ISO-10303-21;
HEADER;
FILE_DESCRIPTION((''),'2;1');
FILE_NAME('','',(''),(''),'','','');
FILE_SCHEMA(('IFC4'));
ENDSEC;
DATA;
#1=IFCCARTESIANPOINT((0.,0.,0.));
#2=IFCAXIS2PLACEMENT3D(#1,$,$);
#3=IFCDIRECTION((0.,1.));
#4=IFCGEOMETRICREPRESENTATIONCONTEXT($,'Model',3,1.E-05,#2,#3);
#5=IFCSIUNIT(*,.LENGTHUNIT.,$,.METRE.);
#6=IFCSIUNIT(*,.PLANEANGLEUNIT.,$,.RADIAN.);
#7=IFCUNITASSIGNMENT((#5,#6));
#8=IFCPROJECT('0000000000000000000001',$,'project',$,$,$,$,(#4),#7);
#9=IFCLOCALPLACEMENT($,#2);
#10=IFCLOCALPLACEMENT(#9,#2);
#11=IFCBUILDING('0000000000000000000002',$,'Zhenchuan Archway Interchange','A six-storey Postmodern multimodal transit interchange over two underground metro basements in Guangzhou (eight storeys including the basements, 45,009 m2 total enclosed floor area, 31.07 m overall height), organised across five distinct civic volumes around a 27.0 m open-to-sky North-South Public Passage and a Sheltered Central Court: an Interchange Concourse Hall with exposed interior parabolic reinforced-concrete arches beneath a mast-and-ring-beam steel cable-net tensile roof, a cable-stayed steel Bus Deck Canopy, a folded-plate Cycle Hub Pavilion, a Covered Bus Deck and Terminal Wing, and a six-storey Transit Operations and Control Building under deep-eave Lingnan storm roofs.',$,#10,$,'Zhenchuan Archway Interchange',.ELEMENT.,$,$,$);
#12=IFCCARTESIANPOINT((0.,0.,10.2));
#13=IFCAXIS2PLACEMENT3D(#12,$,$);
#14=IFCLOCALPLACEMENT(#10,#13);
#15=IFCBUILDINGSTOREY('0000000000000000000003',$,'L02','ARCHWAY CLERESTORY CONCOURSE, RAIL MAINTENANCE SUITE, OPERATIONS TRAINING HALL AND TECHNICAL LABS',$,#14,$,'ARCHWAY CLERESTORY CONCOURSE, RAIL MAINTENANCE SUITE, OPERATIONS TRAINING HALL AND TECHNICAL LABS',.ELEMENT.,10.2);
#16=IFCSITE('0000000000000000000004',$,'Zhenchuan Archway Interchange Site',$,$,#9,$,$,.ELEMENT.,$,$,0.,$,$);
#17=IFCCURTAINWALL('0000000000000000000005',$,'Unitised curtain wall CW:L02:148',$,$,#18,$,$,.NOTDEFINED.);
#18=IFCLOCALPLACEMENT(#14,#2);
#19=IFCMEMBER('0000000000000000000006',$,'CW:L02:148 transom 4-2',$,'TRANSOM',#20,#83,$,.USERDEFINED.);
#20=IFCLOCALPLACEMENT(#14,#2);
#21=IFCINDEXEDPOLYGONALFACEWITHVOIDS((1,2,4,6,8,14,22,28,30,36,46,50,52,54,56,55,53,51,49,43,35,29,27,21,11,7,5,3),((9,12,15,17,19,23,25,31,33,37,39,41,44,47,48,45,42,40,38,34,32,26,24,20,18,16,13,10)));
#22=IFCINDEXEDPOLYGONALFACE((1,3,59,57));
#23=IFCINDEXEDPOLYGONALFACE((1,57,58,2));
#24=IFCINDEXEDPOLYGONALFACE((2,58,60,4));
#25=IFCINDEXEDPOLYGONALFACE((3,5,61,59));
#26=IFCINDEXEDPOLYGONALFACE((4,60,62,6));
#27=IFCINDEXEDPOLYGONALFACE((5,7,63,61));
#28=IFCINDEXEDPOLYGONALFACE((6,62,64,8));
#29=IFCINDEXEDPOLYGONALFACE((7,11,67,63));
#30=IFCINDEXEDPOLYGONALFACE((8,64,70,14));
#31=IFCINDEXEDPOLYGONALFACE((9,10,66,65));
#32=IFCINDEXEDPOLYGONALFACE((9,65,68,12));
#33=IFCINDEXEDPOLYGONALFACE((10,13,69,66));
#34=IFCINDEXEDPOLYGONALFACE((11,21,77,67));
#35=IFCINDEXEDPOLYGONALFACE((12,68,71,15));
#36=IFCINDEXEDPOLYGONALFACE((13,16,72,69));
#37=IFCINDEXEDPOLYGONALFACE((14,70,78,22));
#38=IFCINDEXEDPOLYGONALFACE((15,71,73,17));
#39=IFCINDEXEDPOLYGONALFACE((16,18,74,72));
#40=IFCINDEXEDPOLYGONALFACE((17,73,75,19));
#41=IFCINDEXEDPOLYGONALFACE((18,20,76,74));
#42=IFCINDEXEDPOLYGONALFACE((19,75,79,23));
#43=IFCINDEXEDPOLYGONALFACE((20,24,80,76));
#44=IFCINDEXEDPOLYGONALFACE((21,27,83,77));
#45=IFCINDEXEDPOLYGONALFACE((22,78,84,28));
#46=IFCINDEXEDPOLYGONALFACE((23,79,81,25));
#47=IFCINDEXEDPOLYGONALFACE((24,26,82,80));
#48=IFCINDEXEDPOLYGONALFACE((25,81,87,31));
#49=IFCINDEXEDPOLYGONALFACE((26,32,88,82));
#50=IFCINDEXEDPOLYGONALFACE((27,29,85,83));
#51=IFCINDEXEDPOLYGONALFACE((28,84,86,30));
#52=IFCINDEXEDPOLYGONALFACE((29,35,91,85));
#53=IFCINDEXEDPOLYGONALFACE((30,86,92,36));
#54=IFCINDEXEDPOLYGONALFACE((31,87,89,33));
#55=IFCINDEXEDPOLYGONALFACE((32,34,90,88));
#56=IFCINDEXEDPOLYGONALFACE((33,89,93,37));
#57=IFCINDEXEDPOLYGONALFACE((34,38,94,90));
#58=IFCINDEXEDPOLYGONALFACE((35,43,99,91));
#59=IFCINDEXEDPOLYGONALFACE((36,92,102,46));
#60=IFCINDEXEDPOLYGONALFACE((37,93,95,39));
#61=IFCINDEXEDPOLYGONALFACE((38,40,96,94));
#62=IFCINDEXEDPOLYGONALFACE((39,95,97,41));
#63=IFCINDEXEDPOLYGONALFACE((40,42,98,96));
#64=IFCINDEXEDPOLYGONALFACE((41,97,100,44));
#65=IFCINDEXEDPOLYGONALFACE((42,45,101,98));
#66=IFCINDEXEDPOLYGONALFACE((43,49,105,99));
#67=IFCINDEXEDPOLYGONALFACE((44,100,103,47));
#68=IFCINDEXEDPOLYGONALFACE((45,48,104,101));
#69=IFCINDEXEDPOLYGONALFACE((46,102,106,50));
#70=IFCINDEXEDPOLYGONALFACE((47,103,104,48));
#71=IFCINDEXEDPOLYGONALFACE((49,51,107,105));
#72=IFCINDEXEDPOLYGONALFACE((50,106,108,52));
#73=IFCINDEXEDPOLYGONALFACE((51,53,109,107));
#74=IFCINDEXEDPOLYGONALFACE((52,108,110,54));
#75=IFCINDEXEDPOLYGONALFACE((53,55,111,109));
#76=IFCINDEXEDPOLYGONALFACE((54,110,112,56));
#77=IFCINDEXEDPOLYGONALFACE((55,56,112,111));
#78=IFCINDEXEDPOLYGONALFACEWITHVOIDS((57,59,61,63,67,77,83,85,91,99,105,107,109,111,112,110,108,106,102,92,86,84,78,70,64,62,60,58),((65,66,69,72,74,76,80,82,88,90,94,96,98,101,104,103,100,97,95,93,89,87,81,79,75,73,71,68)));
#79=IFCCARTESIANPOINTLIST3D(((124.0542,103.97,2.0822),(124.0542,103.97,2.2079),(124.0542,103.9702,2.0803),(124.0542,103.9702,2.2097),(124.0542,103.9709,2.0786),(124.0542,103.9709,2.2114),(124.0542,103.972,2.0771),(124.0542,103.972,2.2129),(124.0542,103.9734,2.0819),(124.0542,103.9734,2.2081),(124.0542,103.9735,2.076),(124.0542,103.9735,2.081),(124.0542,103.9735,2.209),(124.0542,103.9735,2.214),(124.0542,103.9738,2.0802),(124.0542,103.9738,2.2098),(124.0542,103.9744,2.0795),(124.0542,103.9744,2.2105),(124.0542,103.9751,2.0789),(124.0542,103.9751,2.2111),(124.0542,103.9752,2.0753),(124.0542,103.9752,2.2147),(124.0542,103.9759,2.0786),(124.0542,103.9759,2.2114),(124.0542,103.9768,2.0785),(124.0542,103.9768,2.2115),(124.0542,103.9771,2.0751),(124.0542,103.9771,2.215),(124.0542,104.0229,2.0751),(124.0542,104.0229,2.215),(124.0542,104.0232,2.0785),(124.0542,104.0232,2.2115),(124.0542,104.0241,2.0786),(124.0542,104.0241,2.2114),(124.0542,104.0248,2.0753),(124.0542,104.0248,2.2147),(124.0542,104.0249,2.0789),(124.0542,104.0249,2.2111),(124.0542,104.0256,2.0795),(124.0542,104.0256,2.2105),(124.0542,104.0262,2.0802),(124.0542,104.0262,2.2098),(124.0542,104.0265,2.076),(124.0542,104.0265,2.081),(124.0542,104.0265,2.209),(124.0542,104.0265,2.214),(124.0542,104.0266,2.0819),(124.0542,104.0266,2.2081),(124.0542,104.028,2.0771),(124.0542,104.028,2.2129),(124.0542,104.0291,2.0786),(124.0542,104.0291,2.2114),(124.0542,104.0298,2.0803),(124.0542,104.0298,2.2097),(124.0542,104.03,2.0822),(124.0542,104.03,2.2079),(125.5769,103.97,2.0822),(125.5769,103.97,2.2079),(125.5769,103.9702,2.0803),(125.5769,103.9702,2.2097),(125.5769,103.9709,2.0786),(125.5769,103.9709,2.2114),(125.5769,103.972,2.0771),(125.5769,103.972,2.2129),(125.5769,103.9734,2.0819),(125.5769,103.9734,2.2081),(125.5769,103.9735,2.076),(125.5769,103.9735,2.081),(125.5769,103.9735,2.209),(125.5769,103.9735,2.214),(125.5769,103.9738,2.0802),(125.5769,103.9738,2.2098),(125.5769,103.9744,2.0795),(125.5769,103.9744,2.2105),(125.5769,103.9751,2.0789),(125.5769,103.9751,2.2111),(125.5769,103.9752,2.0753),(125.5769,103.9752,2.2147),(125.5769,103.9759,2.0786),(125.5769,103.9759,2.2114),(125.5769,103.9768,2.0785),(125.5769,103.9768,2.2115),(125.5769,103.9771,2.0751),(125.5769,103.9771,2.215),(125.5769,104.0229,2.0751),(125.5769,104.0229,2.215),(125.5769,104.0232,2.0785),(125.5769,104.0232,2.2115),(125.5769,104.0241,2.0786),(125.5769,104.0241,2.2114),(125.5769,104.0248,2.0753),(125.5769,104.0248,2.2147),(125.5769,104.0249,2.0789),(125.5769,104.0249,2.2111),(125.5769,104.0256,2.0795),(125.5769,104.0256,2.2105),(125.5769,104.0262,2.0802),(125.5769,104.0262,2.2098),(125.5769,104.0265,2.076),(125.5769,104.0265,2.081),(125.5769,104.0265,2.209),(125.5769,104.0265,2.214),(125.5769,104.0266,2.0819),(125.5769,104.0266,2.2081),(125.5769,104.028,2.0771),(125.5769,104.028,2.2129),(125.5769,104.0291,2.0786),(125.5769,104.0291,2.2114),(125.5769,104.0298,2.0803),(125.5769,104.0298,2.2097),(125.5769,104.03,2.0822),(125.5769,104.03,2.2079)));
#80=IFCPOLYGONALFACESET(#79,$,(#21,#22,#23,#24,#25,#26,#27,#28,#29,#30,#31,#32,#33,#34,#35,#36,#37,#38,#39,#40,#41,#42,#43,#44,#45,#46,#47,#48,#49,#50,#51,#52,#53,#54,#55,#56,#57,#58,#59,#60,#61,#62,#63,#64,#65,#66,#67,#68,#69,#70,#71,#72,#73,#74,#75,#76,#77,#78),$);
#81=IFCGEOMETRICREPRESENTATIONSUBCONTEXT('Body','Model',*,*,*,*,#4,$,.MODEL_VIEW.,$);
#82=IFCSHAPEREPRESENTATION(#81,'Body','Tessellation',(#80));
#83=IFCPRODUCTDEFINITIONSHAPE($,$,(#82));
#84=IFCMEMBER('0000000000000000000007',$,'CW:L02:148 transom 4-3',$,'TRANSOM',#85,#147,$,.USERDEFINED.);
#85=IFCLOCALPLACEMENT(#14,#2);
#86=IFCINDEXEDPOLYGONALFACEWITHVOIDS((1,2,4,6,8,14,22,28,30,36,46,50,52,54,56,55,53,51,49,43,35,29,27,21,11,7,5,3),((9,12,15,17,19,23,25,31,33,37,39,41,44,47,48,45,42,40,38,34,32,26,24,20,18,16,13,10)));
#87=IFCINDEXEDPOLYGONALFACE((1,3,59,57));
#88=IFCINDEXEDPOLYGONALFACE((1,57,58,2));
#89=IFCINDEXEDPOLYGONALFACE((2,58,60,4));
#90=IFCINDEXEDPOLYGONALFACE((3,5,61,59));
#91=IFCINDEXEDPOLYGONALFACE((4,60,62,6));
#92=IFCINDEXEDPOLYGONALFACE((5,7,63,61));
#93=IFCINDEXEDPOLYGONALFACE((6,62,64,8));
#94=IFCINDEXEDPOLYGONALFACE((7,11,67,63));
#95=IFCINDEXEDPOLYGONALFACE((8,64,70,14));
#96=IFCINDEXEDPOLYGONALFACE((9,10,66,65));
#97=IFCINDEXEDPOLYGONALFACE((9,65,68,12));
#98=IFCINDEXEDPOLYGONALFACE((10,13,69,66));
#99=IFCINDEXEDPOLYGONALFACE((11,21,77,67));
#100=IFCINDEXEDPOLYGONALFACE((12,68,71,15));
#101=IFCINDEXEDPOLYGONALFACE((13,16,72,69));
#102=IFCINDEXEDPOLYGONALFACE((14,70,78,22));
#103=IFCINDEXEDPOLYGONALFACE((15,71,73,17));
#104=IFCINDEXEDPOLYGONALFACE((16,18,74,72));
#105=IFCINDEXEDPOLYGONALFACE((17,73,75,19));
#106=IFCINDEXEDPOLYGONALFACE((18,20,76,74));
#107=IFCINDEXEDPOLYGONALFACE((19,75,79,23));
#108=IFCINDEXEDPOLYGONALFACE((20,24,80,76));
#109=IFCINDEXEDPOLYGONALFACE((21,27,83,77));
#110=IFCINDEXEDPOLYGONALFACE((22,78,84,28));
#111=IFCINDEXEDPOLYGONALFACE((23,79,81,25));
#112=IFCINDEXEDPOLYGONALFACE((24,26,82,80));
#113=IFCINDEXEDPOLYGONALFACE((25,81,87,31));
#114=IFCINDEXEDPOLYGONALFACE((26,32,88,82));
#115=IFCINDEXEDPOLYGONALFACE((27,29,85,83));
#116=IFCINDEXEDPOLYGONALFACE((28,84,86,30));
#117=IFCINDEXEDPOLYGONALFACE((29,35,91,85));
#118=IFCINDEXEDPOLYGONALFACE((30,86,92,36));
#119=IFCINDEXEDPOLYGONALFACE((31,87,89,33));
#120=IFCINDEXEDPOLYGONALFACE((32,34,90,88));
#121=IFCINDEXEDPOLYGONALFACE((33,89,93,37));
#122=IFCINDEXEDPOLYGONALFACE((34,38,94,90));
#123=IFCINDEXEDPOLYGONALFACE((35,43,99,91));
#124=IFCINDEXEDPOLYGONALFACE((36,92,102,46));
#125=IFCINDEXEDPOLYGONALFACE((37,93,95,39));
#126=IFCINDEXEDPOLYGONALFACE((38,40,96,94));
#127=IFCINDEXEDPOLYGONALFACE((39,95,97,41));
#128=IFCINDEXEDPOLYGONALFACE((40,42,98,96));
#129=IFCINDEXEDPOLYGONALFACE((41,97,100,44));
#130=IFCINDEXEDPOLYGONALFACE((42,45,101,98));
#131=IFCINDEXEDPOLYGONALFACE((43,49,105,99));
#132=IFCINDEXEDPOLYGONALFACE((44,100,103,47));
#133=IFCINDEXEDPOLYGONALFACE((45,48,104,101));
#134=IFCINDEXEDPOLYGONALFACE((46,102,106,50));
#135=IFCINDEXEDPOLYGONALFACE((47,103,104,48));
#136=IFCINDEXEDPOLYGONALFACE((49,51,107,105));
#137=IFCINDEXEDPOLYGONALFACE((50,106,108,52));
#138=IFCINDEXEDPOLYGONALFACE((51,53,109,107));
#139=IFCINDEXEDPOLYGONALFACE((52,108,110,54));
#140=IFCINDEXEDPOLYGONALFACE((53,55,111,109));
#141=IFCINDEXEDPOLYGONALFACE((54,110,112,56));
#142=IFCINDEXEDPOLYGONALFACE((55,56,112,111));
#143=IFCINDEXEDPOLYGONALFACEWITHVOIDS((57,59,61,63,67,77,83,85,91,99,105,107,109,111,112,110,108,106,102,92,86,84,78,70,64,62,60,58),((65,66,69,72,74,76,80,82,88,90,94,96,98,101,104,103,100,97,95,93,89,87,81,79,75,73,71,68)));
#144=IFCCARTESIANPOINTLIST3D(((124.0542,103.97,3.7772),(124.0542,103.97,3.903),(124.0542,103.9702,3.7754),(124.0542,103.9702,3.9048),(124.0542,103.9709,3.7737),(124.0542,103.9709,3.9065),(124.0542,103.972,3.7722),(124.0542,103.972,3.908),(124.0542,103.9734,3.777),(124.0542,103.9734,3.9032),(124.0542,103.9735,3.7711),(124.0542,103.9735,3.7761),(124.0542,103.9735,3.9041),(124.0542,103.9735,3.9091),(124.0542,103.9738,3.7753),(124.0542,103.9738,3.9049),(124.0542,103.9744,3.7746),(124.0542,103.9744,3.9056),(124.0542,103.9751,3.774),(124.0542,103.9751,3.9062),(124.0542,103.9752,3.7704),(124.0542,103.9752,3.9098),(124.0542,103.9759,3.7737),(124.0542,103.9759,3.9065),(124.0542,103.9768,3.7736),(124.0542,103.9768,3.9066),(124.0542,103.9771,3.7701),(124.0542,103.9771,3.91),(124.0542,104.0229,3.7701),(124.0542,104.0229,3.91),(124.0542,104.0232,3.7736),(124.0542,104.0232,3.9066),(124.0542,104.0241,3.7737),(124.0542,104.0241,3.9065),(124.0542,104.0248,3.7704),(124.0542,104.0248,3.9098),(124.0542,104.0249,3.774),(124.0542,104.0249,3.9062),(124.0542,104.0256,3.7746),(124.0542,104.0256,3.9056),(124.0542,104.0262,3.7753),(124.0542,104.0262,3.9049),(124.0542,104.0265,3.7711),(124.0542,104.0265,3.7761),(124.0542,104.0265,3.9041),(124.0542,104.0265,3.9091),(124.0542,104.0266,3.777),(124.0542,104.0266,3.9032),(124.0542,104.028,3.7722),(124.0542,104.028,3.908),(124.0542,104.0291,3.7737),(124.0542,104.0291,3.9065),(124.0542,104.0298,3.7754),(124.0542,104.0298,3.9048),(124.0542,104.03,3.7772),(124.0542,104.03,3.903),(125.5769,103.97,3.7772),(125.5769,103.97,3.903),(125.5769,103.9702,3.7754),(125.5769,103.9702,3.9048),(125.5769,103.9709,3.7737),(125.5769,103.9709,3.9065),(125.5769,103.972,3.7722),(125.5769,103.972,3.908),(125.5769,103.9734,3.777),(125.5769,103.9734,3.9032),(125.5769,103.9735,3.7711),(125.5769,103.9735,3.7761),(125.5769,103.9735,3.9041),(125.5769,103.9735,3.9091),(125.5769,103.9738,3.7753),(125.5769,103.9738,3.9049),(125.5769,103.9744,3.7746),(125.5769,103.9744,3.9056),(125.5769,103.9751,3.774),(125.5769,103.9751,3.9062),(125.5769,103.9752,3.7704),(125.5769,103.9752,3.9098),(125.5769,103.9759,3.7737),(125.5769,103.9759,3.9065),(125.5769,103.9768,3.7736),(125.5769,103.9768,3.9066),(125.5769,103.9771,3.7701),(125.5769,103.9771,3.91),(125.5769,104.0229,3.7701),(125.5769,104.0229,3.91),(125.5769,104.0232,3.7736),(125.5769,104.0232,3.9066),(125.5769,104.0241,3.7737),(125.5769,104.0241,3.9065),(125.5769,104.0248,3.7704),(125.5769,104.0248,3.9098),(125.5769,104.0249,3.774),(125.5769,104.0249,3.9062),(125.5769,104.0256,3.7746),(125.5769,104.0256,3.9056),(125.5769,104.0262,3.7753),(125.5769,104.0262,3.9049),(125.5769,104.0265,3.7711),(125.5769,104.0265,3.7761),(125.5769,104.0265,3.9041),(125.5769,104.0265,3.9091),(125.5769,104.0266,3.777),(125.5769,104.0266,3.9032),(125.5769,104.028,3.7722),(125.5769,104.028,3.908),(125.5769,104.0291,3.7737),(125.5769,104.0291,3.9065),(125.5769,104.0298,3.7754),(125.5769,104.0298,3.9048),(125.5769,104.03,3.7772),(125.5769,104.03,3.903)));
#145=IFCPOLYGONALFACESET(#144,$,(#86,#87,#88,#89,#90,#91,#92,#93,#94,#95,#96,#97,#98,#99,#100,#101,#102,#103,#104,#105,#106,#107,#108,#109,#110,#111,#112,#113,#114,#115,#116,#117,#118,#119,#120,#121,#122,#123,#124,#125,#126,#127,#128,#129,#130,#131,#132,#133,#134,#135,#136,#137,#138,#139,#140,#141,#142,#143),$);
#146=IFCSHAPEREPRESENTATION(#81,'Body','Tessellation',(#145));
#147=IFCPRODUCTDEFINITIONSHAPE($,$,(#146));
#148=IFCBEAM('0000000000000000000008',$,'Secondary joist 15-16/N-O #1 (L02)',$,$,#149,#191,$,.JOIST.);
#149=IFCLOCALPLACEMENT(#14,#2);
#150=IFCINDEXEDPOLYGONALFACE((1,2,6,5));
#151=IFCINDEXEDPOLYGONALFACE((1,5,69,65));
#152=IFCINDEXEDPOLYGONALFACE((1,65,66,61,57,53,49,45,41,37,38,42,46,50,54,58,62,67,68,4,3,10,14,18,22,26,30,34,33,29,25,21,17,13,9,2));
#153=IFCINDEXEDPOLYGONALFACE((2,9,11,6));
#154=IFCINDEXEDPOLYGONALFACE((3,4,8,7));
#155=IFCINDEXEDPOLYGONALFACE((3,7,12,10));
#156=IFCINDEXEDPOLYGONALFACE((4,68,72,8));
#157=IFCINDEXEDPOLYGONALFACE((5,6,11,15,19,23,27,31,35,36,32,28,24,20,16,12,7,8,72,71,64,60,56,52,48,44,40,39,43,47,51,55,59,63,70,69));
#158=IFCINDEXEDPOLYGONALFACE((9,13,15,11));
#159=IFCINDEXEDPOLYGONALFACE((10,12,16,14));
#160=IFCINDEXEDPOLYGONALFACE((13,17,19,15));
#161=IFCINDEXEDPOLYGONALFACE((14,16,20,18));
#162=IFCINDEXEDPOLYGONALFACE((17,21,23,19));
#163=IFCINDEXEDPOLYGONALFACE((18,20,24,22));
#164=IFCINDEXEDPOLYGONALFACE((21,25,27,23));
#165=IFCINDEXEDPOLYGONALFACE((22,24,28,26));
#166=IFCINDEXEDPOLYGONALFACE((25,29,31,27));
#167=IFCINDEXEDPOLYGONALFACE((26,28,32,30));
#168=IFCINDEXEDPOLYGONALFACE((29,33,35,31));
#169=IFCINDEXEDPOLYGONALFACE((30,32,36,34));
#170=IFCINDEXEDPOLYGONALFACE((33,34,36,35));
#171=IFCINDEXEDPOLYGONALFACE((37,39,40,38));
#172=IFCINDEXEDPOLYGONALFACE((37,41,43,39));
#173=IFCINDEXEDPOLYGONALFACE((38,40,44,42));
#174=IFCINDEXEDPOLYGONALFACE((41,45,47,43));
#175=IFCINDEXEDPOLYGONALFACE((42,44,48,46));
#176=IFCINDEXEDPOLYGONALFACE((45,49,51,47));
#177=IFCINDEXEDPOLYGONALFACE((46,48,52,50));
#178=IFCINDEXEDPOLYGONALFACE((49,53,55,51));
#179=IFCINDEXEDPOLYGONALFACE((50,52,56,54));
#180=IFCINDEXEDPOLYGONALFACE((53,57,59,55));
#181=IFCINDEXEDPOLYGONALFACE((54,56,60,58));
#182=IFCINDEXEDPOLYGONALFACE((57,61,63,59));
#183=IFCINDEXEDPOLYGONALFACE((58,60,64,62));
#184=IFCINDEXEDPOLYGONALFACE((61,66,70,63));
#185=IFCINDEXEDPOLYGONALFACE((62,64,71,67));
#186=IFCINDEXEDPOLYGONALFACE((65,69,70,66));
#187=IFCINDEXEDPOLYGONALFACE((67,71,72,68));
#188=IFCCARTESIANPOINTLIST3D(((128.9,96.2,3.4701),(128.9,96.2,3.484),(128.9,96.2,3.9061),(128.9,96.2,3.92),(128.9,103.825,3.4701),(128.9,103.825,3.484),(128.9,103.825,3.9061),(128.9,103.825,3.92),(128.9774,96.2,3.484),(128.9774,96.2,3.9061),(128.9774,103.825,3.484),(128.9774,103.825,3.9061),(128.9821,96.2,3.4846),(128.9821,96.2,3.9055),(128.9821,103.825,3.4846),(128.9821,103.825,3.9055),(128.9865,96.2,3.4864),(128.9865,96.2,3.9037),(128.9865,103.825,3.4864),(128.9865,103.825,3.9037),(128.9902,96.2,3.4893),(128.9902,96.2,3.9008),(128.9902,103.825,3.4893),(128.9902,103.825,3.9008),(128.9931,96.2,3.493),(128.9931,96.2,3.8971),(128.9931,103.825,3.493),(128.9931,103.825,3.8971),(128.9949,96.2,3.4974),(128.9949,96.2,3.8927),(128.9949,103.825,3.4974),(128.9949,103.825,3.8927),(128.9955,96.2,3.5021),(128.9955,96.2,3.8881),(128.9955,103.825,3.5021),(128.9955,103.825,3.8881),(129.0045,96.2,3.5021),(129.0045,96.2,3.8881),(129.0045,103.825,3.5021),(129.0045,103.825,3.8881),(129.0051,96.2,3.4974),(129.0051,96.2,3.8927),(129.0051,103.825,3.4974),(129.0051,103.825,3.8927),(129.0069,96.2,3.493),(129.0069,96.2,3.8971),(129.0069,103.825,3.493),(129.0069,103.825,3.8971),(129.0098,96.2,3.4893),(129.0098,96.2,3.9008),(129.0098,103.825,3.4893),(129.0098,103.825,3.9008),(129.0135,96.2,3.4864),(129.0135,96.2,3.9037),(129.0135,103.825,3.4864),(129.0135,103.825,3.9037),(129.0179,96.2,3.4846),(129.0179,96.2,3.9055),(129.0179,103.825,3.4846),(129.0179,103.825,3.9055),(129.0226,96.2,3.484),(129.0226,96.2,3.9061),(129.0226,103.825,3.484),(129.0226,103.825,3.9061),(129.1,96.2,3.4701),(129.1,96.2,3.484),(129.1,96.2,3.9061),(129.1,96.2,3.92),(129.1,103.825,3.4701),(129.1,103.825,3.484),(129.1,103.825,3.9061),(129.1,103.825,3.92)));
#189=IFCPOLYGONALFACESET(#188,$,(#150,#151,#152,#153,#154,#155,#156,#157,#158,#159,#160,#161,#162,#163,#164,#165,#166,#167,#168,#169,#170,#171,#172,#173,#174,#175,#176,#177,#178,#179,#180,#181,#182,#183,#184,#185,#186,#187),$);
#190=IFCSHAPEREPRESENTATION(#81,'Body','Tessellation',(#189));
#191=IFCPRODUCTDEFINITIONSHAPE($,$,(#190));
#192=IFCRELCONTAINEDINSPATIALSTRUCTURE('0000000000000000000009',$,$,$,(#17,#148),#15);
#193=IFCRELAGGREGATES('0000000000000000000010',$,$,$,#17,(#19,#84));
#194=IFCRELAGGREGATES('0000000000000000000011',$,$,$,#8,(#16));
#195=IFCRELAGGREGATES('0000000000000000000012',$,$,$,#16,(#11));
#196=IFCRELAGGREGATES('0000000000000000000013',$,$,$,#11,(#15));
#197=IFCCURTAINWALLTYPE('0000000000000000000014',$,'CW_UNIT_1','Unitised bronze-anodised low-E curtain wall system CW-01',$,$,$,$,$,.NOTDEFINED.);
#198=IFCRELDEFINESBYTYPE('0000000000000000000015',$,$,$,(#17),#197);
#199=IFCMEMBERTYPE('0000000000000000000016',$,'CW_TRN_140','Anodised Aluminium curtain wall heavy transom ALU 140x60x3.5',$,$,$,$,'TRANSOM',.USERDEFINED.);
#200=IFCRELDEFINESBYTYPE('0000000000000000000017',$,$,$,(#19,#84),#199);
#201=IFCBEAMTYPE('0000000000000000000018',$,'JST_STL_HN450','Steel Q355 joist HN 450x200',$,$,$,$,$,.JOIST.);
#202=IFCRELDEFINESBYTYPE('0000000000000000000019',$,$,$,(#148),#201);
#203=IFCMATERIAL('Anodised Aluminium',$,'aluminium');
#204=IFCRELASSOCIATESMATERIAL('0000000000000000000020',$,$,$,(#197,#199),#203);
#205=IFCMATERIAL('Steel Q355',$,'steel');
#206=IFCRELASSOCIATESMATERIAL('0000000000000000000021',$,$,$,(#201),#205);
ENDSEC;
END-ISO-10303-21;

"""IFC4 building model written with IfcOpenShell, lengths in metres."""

from ifc_helpers import new_model, si_unit, direction, frame, origin, origin_2d, place, context, subcontext, project, spatial, hollow_rectangle, i_section, extrude, material, material_profile, profile_set, type_object, element, aggregate, save


model = new_model("IFC4")

# Units and contexts
model_context = context("Model", 3, precision=1e-05, world=origin(), true_north=direction((0.0, 1.0)))
body_context = subcontext(model_context, "Body", "Model", "MODEL_VIEW")
ifc_project = project(units=[si_unit("LENGTHUNIT", "METRE"), si_unit("PLANEANGLEUNIT", "RADIAN")], contexts=[model_context])

# Site, building, storey
site_placement = place(None, origin())
site = spatial("IfcSite", under=ifc_project, at=site_placement, Name="Zhenchuan Archway Interchange Site", CompositionType="ELEMENT", RefElevation=0.0)
building_placement = place(site_placement, origin())
building = spatial("IfcBuilding", under=site, at=building_placement, Name="Zhenchuan Archway Interchange", Description="A six-storey Postmodern multimodal transit interchange over two underground metro basements in Guangzhou (eight storeys including the basements, 45,009 m2 total enclosed floor area, 31.07 m overall height), organised across five distinct civic volumes around a 27.0 m open-to-sky North-South Public Passage and a Sheltered Central Court: an Interchange Concourse Hall with exposed interior parabolic reinforced-concrete arches beneath a mast-and-ring-beam steel cable-net tensile roof, a cable-stayed steel Bus Deck Canopy, a folded-plate Cycle Hub Pavilion, a Covered Bus Deck and Terminal Wing, and a six-storey Transit Operations and Control Building under deep-eave Lingnan storm roofs.", LongName="Zhenchuan Archway Interchange", CompositionType="ELEMENT")
storey_placement = place(building_placement, frame((0.0, 0.0, 10.2)))
storey = spatial("IfcBuildingStorey", under=building, at=storey_placement, Name="L02", Description="ARCHWAY CLERESTORY CONCOURSE, RAIL MAINTENANCE SUITE, OPERATIONS TRAINING HALL AND TECHNICAL LABS", LongName="ARCHWAY CLERESTORY CONCOURSE, RAIL MAINTENANCE SUITE, OPERATIONS TRAINING HALL AND TECHNICAL LABS", CompositionType="ELEMENT", Elevation=10.2)

# Curtain wall, members
ifc_material_1 = material(Name="Anodised Aluminium", Category="aluminium")
curtain_wall_type = type_object("IfcCurtainWallType", Name="CW_UNIT_1", Description="Unitised bronze-anodised low-E curtain wall system CW-01", PredefinedType="NOTDEFINED", material=ifc_material_1)
curtain_wall_placement = place(storey_placement, origin())
curtain_wall = element("IfcCurtainWall", 1, at=curtain_wall_placement, inside=storey, type_object=curtain_wall_type, Name="Unitised curtain wall CW:L02:148", PredefinedType="NOTDEFINED")
ifc_material_profile_1 = material_profile(ifc_material_1, hollow_rectangle(XDim=0.0601, YDim=0.1399, WallThickness=0.0034, InnerFilletRadius=0.0034, OuterFilletRadius=0.0071, at=origin_2d()), Name="ALU 140x60x3.5")
ifc_profile_set_1 = profile_set([ifc_material_profile_1], Name="Anodised Aluminium")
member_type_1 = type_object("IfcMemberType", Name="CW_TRN_140", Description="Anodised Aluminium curtain wall heavy transom ALU 140x60x3.5", ElementType="TRANSOM", PredefinedType="USERDEFINED", material=ifc_profile_set_1)
member_1_placement = place(storey_placement, frame((124.0542, 104.0, 2.145), z_axis=(1.0, 0.0, 0.0), x_axis=(0.0, 1.0, 0.0)))
member_1 = element("IfcMember", 2, at=member_1_placement, type_object=member_type_1, Name="CW:L02:148 transom 4-2", ObjectType="TRANSOM", PredefinedType="USERDEFINED", context=body_context, shape_type="SweptSolid", body=[
    extrude(hollow_rectangle(XDim=0.0601, YDim=0.1399, WallThickness=0.0034, InnerFilletRadius=0.0034, OuterFilletRadius=0.0071, at=origin_2d()), origin(), (0.0, 0.0, 1.0), 1.5227),
])
member_2_placement = place(storey_placement, frame((124.0542, 104.0, 3.8401), z_axis=(1.0, 0.0, 0.0), x_axis=(0.0, 1.0, 0.0)))
member_2 = element("IfcMember", 3, at=member_2_placement, type_object=member_type_1, Name="CW:L02:148 transom 4-3", ObjectType="TRANSOM", PredefinedType="USERDEFINED", context=body_context, shape_type="SweptSolid", body=[
    extrude(hollow_rectangle(XDim=0.0601, YDim=0.1399, WallThickness=0.0034, InnerFilletRadius=0.0034, OuterFilletRadius=0.0071, at=origin_2d()), origin(), (0.0, 0.0, 1.0), 1.5227),
])

# Beam
ifc_material_2 = material(Name="Steel Q355", Category="steel")
ifc_material_profile_2 = material_profile(ifc_material_2, i_section(OverallWidth=0.2, OverallDepth=0.45, WebThickness=0.009, FlangeThickness=0.0139, FilletRadius=0.0181, at=origin_2d()), Name="HN 450x200")
ifc_profile_set_2 = profile_set([ifc_material_profile_2], Name="Steel Q355")
beam_type_1 = type_object("IfcBeamType", Name="JST_STL_HN450", Description="Steel Q355 joist HN 450x200", PredefinedType="JOIST", material=ifc_profile_set_2)
for number, where, z_axis, x_axis, name in (
    (4, (129.0, 96.2, 3.6951), (0.0, 1.0, 0.0), (-1.0, 0.0, 0.0), "Secondary joist 15-16/N-O #1 (L02)"),
):
    element("IfcBeam", number, at=place(storey_placement, frame(where, z_axis=z_axis, x_axis=x_axis)), inside=storey, type_object=beam_type_1, Name=name, PredefinedType="JOIST", context=body_context, shape_type="SweptSolid", body=[
        extrude(i_section(OverallWidth=0.2, OverallDepth=0.45, WebThickness=0.009, FlangeThickness=0.0139, FilletRadius=0.0181, at=origin_2d()), origin(), (0.0, 0.0, 1.0), 7.625),
    ])

aggregate(curtain_wall, [member_1, member_2])

save(model, "model.ifc")
